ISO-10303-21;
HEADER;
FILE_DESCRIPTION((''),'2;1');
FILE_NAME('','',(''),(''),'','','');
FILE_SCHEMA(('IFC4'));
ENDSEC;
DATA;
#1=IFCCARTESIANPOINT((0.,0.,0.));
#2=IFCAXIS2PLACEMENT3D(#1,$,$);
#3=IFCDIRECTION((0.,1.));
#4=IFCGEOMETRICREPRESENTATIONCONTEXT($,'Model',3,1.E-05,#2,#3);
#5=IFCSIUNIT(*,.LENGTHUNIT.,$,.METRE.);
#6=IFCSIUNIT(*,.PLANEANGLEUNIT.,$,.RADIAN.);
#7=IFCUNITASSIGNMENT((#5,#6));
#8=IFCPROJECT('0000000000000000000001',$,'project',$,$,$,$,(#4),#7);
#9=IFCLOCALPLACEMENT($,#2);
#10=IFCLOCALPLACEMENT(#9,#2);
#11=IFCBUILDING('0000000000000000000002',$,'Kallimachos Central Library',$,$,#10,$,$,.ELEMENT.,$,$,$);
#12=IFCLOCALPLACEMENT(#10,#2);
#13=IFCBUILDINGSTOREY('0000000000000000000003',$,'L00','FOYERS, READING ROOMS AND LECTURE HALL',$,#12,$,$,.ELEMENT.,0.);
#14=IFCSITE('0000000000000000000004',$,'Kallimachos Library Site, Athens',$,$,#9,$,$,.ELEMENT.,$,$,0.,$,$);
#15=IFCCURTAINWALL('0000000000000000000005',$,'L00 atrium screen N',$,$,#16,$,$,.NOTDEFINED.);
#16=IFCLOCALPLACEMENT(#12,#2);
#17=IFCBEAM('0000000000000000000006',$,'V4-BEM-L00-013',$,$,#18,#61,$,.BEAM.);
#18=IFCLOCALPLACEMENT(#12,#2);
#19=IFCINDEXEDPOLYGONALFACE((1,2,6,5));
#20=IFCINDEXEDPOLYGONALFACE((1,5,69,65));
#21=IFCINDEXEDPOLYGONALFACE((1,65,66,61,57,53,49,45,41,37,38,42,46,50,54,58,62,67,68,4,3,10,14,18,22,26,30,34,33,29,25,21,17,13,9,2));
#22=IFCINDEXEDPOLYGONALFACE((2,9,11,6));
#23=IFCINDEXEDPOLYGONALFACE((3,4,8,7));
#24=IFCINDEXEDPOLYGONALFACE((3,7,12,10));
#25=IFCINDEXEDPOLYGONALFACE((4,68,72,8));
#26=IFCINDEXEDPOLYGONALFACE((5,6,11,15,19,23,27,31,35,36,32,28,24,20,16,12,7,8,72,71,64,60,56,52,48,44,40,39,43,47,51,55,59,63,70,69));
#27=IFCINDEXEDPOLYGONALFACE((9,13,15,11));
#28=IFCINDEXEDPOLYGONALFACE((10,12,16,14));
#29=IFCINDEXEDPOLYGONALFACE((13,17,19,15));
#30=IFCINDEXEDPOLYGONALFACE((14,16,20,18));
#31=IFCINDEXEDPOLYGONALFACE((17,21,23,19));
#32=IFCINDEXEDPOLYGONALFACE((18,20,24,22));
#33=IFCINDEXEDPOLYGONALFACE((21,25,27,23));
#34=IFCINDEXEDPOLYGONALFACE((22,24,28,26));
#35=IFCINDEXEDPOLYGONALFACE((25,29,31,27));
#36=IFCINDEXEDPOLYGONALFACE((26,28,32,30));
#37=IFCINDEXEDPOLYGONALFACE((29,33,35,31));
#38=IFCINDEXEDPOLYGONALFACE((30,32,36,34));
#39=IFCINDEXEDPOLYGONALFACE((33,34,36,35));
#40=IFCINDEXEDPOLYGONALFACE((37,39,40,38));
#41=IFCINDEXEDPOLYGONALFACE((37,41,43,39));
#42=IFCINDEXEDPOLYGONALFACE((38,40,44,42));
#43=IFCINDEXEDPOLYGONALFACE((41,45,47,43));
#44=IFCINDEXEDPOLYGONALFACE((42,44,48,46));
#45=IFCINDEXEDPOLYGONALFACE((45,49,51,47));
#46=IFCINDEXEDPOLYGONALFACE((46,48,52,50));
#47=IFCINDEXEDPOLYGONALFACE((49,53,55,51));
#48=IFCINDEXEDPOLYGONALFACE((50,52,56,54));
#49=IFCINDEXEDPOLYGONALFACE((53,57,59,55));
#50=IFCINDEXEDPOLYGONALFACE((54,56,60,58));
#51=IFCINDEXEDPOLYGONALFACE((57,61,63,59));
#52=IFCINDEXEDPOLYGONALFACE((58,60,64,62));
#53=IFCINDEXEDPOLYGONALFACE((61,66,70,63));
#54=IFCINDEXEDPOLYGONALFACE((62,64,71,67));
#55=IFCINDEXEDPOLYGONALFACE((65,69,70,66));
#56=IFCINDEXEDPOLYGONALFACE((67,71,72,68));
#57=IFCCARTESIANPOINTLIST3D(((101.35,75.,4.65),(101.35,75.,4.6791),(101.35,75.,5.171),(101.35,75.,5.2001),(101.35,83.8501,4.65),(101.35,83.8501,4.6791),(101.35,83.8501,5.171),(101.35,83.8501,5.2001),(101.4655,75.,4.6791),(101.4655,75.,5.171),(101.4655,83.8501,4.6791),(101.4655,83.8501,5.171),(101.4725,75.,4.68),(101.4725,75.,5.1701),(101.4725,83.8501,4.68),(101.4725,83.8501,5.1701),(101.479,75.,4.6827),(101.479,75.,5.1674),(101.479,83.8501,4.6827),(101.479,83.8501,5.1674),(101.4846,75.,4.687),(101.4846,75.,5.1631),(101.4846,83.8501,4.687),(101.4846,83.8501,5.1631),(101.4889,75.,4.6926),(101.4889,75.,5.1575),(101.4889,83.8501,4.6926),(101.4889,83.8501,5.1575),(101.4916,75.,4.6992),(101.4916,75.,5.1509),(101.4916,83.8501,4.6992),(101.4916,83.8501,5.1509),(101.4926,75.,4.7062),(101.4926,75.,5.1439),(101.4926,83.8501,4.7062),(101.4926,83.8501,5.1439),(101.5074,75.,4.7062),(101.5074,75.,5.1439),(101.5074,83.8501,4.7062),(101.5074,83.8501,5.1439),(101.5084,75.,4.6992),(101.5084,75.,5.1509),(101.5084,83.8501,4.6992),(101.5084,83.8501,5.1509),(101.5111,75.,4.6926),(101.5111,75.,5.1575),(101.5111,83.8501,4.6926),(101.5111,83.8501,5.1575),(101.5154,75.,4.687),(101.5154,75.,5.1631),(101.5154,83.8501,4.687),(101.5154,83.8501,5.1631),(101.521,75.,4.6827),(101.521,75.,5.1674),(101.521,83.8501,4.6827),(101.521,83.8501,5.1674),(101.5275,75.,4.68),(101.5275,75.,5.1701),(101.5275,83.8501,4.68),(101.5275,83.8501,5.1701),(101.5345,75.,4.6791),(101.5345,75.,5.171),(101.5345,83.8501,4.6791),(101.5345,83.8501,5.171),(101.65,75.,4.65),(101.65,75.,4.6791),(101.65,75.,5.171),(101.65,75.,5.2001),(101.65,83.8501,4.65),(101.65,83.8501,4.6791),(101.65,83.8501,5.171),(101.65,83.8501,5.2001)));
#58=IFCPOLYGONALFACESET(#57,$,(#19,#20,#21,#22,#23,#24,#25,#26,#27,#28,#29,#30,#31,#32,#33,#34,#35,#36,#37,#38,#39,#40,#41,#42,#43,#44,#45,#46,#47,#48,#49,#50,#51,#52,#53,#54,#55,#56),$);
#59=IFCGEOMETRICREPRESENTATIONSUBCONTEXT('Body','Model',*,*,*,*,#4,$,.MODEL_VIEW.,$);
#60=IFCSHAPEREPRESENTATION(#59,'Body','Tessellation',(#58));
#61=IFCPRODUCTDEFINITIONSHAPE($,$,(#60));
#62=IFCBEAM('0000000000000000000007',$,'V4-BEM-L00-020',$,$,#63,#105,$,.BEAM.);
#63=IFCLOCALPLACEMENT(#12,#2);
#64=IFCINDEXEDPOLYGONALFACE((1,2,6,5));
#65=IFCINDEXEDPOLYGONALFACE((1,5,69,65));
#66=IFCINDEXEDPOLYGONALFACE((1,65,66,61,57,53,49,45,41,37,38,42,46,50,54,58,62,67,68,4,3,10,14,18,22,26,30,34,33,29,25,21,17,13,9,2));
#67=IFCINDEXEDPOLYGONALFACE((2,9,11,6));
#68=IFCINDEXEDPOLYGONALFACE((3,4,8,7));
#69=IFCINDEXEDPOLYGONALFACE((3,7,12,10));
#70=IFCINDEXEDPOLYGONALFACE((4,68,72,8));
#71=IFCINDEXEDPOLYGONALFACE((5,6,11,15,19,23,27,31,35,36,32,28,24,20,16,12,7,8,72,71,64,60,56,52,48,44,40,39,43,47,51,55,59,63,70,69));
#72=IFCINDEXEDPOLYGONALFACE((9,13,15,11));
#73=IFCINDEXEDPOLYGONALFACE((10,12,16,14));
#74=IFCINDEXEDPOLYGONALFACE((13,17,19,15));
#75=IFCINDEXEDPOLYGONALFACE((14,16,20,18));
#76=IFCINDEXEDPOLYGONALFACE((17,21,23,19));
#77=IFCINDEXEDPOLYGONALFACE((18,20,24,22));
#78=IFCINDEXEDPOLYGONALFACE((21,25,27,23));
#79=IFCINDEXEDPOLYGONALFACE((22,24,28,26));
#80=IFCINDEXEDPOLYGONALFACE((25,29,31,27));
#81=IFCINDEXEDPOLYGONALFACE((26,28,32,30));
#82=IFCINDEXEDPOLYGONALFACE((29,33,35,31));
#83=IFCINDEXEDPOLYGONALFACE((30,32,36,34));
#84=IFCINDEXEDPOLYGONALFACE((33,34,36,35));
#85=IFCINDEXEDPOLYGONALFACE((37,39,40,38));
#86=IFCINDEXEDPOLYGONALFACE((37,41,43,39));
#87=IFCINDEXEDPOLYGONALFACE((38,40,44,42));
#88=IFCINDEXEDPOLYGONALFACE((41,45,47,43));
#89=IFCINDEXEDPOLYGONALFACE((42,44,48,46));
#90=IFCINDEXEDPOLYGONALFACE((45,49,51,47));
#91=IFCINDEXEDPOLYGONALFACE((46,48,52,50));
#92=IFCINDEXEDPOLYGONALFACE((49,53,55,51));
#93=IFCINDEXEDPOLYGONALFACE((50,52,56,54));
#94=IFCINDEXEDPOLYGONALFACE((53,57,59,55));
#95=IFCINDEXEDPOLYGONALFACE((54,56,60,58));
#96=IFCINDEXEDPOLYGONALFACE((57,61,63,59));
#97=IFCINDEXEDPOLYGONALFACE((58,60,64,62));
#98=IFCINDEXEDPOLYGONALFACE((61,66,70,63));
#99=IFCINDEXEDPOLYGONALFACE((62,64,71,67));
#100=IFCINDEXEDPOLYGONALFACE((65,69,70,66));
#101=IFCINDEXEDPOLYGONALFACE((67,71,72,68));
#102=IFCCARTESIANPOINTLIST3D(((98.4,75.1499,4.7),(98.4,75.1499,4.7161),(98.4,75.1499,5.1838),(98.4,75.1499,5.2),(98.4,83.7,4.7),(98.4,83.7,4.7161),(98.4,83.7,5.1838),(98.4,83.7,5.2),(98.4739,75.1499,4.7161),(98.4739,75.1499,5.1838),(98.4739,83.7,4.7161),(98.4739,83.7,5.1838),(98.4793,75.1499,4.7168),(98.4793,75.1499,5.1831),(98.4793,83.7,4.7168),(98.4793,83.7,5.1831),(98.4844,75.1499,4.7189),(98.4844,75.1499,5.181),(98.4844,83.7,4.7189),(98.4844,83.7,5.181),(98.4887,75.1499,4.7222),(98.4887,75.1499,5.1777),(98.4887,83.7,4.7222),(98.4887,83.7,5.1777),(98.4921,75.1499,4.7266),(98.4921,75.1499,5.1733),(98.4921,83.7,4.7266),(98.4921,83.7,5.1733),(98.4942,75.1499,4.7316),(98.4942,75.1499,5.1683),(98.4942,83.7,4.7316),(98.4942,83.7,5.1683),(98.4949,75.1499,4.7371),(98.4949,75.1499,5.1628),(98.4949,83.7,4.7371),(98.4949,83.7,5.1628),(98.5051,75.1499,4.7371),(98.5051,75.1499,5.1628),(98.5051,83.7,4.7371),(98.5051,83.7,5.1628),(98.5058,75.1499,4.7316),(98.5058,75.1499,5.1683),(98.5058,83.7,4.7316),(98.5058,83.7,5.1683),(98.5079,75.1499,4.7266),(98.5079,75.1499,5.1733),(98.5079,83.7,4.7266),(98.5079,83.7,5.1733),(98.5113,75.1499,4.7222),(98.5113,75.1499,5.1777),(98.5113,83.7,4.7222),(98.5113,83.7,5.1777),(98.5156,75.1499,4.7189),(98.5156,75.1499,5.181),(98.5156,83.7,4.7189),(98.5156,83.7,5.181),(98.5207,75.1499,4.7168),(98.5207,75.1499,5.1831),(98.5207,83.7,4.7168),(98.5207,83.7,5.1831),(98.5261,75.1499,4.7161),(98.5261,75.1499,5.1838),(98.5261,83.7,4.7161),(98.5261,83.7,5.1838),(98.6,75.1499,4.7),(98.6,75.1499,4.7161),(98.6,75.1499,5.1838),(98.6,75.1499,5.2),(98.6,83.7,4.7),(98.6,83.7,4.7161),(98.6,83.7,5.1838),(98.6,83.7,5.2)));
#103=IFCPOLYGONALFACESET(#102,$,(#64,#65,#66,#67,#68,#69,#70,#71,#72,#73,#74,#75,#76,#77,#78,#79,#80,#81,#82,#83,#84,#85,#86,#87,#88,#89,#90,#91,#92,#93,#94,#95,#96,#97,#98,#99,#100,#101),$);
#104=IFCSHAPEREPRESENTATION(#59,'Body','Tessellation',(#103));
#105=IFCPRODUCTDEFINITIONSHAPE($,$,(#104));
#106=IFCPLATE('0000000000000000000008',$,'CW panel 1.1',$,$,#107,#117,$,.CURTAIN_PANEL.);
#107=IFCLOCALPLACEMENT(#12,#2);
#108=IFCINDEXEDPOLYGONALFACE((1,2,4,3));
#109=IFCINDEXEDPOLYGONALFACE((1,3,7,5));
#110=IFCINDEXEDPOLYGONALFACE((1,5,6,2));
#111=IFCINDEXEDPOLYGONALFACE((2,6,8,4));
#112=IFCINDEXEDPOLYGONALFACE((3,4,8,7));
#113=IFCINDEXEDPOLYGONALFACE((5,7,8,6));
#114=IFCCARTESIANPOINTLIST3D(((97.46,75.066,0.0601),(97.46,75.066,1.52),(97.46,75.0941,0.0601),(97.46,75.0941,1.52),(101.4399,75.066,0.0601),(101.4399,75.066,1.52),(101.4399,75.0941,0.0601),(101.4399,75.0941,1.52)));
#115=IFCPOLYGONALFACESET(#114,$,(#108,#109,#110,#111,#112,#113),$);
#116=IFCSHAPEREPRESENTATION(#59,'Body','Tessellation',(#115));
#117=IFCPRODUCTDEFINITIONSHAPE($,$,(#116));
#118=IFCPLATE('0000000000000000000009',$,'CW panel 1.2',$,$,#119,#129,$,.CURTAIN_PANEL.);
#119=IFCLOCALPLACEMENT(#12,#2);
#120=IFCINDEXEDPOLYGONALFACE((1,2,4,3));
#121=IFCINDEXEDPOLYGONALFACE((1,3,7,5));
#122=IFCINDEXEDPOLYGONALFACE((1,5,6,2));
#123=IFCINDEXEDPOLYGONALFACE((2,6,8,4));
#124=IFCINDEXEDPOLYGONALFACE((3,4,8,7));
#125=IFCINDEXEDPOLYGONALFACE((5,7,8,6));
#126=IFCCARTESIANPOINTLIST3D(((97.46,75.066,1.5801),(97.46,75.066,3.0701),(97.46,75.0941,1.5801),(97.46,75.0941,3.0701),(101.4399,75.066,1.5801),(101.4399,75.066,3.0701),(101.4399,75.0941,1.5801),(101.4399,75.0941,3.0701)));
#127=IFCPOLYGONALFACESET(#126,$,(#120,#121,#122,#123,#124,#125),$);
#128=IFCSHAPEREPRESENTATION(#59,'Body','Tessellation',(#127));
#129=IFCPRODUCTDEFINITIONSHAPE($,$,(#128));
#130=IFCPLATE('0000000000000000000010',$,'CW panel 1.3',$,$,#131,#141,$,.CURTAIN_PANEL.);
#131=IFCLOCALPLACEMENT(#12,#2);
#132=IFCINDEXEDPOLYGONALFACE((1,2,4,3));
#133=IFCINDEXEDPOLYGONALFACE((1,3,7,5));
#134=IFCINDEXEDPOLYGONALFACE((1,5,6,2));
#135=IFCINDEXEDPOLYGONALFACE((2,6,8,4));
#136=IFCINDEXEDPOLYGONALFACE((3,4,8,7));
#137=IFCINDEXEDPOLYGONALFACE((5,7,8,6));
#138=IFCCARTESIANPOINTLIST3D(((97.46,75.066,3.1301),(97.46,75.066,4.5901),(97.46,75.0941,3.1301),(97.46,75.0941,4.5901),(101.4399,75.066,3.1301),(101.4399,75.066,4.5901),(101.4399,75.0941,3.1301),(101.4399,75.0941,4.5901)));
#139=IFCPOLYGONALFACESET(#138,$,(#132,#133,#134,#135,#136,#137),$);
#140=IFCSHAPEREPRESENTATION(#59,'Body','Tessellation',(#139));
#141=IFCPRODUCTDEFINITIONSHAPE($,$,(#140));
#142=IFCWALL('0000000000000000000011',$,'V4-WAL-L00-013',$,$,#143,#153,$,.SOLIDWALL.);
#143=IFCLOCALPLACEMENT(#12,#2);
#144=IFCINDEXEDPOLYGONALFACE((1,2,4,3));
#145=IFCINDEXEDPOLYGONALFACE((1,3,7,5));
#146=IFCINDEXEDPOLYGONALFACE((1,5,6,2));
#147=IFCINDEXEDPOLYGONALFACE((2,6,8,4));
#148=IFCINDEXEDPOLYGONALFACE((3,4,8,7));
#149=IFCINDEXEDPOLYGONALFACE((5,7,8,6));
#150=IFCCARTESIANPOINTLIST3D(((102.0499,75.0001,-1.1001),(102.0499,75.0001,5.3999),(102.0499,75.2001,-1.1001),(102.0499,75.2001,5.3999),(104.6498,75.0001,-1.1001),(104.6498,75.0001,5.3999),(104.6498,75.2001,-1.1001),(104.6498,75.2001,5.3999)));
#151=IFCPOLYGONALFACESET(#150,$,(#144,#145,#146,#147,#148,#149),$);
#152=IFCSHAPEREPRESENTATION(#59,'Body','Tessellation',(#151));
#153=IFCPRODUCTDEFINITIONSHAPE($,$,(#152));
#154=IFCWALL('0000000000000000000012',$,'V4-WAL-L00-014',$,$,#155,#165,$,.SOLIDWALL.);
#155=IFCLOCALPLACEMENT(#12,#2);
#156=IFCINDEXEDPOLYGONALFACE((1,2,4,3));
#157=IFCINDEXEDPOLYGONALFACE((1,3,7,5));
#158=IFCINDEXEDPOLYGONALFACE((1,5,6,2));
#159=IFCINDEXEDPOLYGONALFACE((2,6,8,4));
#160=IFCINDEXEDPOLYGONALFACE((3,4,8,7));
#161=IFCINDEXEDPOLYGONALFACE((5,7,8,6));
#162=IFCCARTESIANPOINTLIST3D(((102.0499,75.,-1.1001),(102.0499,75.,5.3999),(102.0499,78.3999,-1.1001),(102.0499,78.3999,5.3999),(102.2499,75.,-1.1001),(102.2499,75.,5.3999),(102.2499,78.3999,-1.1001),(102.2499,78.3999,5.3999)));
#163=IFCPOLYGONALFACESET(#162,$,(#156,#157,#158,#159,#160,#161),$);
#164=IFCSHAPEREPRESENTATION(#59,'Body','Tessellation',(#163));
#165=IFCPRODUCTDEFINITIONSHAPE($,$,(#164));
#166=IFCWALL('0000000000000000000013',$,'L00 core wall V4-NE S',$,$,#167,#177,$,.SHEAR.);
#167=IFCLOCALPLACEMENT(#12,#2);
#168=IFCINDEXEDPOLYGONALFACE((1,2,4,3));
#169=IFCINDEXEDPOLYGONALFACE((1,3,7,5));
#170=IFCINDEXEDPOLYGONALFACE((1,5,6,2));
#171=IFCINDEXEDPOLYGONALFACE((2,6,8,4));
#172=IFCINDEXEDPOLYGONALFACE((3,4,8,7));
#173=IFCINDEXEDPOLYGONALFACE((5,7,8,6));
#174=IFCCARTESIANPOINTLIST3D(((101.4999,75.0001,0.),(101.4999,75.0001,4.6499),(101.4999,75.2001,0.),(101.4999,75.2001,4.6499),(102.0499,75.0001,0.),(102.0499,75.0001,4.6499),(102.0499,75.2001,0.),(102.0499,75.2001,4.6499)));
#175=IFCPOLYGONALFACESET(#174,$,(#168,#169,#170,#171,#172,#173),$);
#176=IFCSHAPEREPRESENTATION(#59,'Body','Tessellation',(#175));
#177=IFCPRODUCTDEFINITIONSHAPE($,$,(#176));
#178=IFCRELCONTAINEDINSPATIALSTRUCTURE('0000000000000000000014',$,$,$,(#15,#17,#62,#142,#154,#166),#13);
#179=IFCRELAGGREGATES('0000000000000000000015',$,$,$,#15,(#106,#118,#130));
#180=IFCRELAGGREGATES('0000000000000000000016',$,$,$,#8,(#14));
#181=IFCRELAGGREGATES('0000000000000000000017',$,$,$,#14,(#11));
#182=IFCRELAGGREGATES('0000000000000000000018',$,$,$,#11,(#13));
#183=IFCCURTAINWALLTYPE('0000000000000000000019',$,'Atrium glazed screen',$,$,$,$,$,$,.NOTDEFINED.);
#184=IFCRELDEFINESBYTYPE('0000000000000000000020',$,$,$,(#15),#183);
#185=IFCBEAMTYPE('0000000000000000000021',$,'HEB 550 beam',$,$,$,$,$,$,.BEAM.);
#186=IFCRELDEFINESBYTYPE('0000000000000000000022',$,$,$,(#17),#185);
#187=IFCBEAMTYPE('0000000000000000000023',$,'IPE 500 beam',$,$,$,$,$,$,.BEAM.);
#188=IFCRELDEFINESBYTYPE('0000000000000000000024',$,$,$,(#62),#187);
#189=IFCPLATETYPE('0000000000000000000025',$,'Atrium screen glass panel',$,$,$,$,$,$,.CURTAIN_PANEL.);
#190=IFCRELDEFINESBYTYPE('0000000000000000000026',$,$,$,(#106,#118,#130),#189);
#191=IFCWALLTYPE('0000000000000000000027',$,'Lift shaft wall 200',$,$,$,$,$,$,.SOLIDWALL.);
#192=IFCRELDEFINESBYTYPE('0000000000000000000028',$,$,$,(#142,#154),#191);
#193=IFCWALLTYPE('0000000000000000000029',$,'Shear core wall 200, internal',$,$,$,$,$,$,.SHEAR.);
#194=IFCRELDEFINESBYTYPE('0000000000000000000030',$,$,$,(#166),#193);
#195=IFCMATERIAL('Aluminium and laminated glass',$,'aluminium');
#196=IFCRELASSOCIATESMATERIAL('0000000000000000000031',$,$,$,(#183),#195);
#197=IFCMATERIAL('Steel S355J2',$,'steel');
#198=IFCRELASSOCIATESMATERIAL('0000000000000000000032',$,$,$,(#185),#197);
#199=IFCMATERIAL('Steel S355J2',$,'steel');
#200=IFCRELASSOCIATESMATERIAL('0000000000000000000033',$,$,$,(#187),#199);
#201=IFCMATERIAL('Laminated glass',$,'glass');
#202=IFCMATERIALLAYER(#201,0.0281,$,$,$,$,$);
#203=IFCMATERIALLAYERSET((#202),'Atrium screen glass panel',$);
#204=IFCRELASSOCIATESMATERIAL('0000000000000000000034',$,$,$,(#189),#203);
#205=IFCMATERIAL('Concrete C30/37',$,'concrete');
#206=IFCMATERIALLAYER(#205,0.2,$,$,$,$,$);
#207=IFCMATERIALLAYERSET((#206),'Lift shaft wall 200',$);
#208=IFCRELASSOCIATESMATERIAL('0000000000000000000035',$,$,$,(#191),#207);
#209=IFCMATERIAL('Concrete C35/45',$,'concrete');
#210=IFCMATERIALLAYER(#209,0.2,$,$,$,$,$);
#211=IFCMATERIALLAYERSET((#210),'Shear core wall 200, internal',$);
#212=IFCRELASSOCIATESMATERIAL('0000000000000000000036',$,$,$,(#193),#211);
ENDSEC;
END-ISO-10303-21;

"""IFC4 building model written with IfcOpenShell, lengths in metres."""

from ifc_helpers import new_model, si_unit, direction, frame, frame_2d, origin, origin_2d, place, context, subcontext, project, spatial, rectangle, i_section, extrude, material, layer, layer_set, material_profile, profile_set, type_object, element, aggregate, save


model = new_model("IFC4")

# Units and contexts
model_context = context("Model", 3, precision=1e-05, world=origin(), true_north=direction((0.0, 1.0)))
body_context = subcontext(model_context, "Body", "Model", "MODEL_VIEW")
ifc_project = project(units=[si_unit("LENGTHUNIT", "METRE"), si_unit("PLANEANGLEUNIT", "RADIAN")], contexts=[model_context])

# Site, building, storey
site_placement = place(None, origin())
site = spatial("IfcSite", under=ifc_project, at=site_placement, Name="Kallimachos Library Site, Athens", CompositionType="ELEMENT", RefElevation=0.0)
building_placement = place(site_placement, origin())
building = spatial("IfcBuilding", under=site, at=building_placement, Name="Kallimachos Central Library", CompositionType="ELEMENT")
storey_placement = place(building_placement, origin())
storey = spatial("IfcBuildingStorey", under=building, at=storey_placement, Name="L00", Description="FOYERS, READING ROOMS AND LECTURE HALL", CompositionType="ELEMENT", Elevation=0.0)

# Curtain wall
ifc_material_1 = material(Name="Aluminium and laminated glass", Category="aluminium")
curtain_wall_type = type_object("IfcCurtainWallType", Name="Atrium glazed screen", PredefinedType="NOTDEFINED", material=ifc_material_1)
curtain_wall_placement = place(storey_placement, origin())
curtain_wall = element("IfcCurtainWall", 1, at=curtain_wall_placement, inside=storey, type_object=curtain_wall_type, Name="L00 atrium screen N", PredefinedType="NOTDEFINED")

# Beams
ifc_material_2 = material(Name="Steel S355J2", Category="steel")
ifc_material_profile_1 = material_profile(ifc_material_2, i_section(OverallWidth=0.3, OverallDepth=0.55, WebThickness=0.0149, FlangeThickness=0.0291, FilletRadius=0.0271, at=origin_2d()), Name="HEB 550")
ifc_profile_set_1 = profile_set([ifc_material_profile_1], Name="Steel S355J2")
beam_type_1 = type_object("IfcBeamType", Name="HEB 550 beam", PredefinedType="BEAM", material=ifc_profile_set_1)
beam_1_placement = place(storey_placement, frame((101.5, 75.0, 4.925), z_axis=(0.0, 1.0, 0.0), x_axis=(-1.0, 0.0, 0.0)))
element("IfcBeam", 2, at=beam_1_placement, inside=storey, type_object=beam_type_1, Name="V4-BEM-L00-013", PredefinedType="BEAM", context=body_context, shape_type="SweptSolid", body=[
    extrude(i_section(OverallWidth=0.3, OverallDepth=0.55, WebThickness=0.0149, FlangeThickness=0.0291, FilletRadius=0.0271, at=origin_2d()), origin(), (0.0, 0.0, 1.0), 8.8501),
])
ifc_material_3 = material(Name="Steel S355J2", Category="steel")
ifc_material_profile_2 = material_profile(ifc_material_3, i_section(OverallWidth=0.2, OverallDepth=0.5, WebThickness=0.0103, FlangeThickness=0.0161, FilletRadius=0.021, at=origin_2d()), Name="IPE 500")
ifc_profile_set_2 = profile_set([ifc_material_profile_2], Name="Steel S355J2")
beam_type_2 = type_object("IfcBeamType", Name="IPE 500 beam", PredefinedType="BEAM", material=ifc_profile_set_2)
beam_2_placement = place(storey_placement, frame((98.5, 75.1499, 4.95), z_axis=(0.0, 1.0, 0.0), x_axis=(-1.0, 0.0, 0.0)))
element("IfcBeam", 3, at=beam_2_placement, inside=storey, type_object=beam_type_2, Name="V4-BEM-L00-020", PredefinedType="BEAM", context=body_context, shape_type="SweptSolid", body=[
    extrude(i_section(OverallWidth=0.2, OverallDepth=0.5, WebThickness=0.0103, FlangeThickness=0.0161, FilletRadius=0.021, at=origin_2d()), origin(), (0.0, 0.0, 1.0), 8.55),
])

# Plates
ifc_material_4 = material(Name="Laminated glass", Category="glass")
ifc_layer_1 = layer(ifc_material_4, 0.0281)
ifc_layer_set_1 = layer_set([ifc_layer_1], Name="Atrium screen glass panel")
plate_type = type_object("IfcPlateType", Name="Atrium screen glass panel", PredefinedType="CURTAIN_PANEL", material=ifc_layer_set_1)
plate_1_placement = place(storey_placement, frame((99.45, 75.0801, 0.0601), z_axis=(0.0, 0.0, 1.0), x_axis=(1.0, 0.0, 0.0)))
plate_1 = element("IfcPlate", 4, at=plate_1_placement, type_object=plate_type, Name="CW panel 1.1", PredefinedType="CURTAIN_PANEL", context=body_context, shape_type="SweptSolid", body=[
    extrude(rectangle(XDim=3.98, YDim=0.0281, at=origin_2d()), origin(), (0.0, 0.0, 1.0), 1.46),
])
plate_2_placement = place(storey_placement, frame((99.45, 75.0801, 1.5801), z_axis=(0.0, 0.0, 1.0), x_axis=(1.0, 0.0, 0.0)))
plate_2 = element("IfcPlate", 5, at=plate_2_placement, type_object=plate_type, Name="CW panel 1.2", PredefinedType="CURTAIN_PANEL", context=body_context, shape_type="SweptSolid", body=[
    extrude(rectangle(XDim=3.98, YDim=0.0281, at=origin_2d()), origin(), (0.0, 0.0, 1.0), 1.49),
])
plate_3_placement = place(storey_placement, frame((99.45, 75.0801, 3.1301), z_axis=(0.0, 0.0, 1.0), x_axis=(1.0, 0.0, 0.0)))
plate_3 = element("IfcPlate", 6, at=plate_3_placement, type_object=plate_type, Name="CW panel 1.3", PredefinedType="CURTAIN_PANEL", context=body_context, shape_type="SweptSolid", body=[
    extrude(rectangle(XDim=3.98, YDim=0.0281, at=origin_2d()), origin(), (0.0, 0.0, 1.0), 1.46),
])
aggregate(curtain_wall, [plate_1, plate_2, plate_3])

# Walls
ifc_material_5 = material(Name="Concrete C30/37", Category="concrete")
ifc_layer_2 = layer(ifc_material_5, 0.2)
ifc_layer_set_2 = layer_set([ifc_layer_2], Name="Lift shaft wall 200")
wall_type_1 = type_object("IfcWallType", Name="Lift shaft wall 200", PredefinedType="SOLIDWALL", material=ifc_layer_set_2)
wall_1_placement = place(storey_placement, frame((102.05, 75.1001, -1.1001), z_axis=(0.0, 0.0, 1.0), x_axis=(1.0, 0.0, 0.0)))
element("IfcWall", 7, at=wall_1_placement, inside=storey, type_object=wall_type_1, Name="V4-WAL-L00-013", PredefinedType="SOLIDWALL", context=body_context, shape_type="SweptSolid", body=[
    extrude(rectangle(XDim=2.5999, YDim=0.2, at=frame_2d((1.2998, 0.0))), origin(), (0.0, 0.0, 1.0), 6.5),
])
wall_2_placement = place(storey_placement, frame((102.1499, 75.0, -1.1001), z_axis=(0.0, 0.0, 1.0), x_axis=(0.0, 1.0, 0.0)))
element("IfcWall", 8, at=wall_2_placement, inside=storey, type_object=wall_type_1, Name="V4-WAL-L00-014", PredefinedType="SOLIDWALL", context=body_context, shape_type="SweptSolid", body=[
    extrude(rectangle(XDim=3.3999, YDim=0.2, at=frame_2d((1.7, 0.0))), origin(), (0.0, 0.0, 1.0), 6.5),
])
ifc_material_6 = material(Name="Concrete C35/45", Category="concrete")
ifc_layer_3 = layer(ifc_material_6, 0.2)
ifc_layer_set_3 = layer_set([ifc_layer_3], Name="Shear core wall 200, internal")
wall_type_2 = type_object("IfcWallType", Name="Shear core wall 200, internal", PredefinedType="SHEAR", material=ifc_layer_set_3)
wall_3_placement = place(storey_placement, frame((101.5, 75.1001, 0.0), z_axis=(0.0, 0.0, 1.0), x_axis=(1.0, 0.0, 0.0)))
element("IfcWall", 9, at=wall_3_placement, inside=storey, type_object=wall_type_2, Name="L00 core wall V4-NE S", PredefinedType="SHEAR", context=body_context, shape_type="SweptSolid", body=[
    extrude(rectangle(XDim=0.55, YDim=0.2, at=frame_2d((0.2749, 0.0))), origin(), (0.0, 0.0, 1.0), 4.6499),
])

save(model, "model.ifc")
